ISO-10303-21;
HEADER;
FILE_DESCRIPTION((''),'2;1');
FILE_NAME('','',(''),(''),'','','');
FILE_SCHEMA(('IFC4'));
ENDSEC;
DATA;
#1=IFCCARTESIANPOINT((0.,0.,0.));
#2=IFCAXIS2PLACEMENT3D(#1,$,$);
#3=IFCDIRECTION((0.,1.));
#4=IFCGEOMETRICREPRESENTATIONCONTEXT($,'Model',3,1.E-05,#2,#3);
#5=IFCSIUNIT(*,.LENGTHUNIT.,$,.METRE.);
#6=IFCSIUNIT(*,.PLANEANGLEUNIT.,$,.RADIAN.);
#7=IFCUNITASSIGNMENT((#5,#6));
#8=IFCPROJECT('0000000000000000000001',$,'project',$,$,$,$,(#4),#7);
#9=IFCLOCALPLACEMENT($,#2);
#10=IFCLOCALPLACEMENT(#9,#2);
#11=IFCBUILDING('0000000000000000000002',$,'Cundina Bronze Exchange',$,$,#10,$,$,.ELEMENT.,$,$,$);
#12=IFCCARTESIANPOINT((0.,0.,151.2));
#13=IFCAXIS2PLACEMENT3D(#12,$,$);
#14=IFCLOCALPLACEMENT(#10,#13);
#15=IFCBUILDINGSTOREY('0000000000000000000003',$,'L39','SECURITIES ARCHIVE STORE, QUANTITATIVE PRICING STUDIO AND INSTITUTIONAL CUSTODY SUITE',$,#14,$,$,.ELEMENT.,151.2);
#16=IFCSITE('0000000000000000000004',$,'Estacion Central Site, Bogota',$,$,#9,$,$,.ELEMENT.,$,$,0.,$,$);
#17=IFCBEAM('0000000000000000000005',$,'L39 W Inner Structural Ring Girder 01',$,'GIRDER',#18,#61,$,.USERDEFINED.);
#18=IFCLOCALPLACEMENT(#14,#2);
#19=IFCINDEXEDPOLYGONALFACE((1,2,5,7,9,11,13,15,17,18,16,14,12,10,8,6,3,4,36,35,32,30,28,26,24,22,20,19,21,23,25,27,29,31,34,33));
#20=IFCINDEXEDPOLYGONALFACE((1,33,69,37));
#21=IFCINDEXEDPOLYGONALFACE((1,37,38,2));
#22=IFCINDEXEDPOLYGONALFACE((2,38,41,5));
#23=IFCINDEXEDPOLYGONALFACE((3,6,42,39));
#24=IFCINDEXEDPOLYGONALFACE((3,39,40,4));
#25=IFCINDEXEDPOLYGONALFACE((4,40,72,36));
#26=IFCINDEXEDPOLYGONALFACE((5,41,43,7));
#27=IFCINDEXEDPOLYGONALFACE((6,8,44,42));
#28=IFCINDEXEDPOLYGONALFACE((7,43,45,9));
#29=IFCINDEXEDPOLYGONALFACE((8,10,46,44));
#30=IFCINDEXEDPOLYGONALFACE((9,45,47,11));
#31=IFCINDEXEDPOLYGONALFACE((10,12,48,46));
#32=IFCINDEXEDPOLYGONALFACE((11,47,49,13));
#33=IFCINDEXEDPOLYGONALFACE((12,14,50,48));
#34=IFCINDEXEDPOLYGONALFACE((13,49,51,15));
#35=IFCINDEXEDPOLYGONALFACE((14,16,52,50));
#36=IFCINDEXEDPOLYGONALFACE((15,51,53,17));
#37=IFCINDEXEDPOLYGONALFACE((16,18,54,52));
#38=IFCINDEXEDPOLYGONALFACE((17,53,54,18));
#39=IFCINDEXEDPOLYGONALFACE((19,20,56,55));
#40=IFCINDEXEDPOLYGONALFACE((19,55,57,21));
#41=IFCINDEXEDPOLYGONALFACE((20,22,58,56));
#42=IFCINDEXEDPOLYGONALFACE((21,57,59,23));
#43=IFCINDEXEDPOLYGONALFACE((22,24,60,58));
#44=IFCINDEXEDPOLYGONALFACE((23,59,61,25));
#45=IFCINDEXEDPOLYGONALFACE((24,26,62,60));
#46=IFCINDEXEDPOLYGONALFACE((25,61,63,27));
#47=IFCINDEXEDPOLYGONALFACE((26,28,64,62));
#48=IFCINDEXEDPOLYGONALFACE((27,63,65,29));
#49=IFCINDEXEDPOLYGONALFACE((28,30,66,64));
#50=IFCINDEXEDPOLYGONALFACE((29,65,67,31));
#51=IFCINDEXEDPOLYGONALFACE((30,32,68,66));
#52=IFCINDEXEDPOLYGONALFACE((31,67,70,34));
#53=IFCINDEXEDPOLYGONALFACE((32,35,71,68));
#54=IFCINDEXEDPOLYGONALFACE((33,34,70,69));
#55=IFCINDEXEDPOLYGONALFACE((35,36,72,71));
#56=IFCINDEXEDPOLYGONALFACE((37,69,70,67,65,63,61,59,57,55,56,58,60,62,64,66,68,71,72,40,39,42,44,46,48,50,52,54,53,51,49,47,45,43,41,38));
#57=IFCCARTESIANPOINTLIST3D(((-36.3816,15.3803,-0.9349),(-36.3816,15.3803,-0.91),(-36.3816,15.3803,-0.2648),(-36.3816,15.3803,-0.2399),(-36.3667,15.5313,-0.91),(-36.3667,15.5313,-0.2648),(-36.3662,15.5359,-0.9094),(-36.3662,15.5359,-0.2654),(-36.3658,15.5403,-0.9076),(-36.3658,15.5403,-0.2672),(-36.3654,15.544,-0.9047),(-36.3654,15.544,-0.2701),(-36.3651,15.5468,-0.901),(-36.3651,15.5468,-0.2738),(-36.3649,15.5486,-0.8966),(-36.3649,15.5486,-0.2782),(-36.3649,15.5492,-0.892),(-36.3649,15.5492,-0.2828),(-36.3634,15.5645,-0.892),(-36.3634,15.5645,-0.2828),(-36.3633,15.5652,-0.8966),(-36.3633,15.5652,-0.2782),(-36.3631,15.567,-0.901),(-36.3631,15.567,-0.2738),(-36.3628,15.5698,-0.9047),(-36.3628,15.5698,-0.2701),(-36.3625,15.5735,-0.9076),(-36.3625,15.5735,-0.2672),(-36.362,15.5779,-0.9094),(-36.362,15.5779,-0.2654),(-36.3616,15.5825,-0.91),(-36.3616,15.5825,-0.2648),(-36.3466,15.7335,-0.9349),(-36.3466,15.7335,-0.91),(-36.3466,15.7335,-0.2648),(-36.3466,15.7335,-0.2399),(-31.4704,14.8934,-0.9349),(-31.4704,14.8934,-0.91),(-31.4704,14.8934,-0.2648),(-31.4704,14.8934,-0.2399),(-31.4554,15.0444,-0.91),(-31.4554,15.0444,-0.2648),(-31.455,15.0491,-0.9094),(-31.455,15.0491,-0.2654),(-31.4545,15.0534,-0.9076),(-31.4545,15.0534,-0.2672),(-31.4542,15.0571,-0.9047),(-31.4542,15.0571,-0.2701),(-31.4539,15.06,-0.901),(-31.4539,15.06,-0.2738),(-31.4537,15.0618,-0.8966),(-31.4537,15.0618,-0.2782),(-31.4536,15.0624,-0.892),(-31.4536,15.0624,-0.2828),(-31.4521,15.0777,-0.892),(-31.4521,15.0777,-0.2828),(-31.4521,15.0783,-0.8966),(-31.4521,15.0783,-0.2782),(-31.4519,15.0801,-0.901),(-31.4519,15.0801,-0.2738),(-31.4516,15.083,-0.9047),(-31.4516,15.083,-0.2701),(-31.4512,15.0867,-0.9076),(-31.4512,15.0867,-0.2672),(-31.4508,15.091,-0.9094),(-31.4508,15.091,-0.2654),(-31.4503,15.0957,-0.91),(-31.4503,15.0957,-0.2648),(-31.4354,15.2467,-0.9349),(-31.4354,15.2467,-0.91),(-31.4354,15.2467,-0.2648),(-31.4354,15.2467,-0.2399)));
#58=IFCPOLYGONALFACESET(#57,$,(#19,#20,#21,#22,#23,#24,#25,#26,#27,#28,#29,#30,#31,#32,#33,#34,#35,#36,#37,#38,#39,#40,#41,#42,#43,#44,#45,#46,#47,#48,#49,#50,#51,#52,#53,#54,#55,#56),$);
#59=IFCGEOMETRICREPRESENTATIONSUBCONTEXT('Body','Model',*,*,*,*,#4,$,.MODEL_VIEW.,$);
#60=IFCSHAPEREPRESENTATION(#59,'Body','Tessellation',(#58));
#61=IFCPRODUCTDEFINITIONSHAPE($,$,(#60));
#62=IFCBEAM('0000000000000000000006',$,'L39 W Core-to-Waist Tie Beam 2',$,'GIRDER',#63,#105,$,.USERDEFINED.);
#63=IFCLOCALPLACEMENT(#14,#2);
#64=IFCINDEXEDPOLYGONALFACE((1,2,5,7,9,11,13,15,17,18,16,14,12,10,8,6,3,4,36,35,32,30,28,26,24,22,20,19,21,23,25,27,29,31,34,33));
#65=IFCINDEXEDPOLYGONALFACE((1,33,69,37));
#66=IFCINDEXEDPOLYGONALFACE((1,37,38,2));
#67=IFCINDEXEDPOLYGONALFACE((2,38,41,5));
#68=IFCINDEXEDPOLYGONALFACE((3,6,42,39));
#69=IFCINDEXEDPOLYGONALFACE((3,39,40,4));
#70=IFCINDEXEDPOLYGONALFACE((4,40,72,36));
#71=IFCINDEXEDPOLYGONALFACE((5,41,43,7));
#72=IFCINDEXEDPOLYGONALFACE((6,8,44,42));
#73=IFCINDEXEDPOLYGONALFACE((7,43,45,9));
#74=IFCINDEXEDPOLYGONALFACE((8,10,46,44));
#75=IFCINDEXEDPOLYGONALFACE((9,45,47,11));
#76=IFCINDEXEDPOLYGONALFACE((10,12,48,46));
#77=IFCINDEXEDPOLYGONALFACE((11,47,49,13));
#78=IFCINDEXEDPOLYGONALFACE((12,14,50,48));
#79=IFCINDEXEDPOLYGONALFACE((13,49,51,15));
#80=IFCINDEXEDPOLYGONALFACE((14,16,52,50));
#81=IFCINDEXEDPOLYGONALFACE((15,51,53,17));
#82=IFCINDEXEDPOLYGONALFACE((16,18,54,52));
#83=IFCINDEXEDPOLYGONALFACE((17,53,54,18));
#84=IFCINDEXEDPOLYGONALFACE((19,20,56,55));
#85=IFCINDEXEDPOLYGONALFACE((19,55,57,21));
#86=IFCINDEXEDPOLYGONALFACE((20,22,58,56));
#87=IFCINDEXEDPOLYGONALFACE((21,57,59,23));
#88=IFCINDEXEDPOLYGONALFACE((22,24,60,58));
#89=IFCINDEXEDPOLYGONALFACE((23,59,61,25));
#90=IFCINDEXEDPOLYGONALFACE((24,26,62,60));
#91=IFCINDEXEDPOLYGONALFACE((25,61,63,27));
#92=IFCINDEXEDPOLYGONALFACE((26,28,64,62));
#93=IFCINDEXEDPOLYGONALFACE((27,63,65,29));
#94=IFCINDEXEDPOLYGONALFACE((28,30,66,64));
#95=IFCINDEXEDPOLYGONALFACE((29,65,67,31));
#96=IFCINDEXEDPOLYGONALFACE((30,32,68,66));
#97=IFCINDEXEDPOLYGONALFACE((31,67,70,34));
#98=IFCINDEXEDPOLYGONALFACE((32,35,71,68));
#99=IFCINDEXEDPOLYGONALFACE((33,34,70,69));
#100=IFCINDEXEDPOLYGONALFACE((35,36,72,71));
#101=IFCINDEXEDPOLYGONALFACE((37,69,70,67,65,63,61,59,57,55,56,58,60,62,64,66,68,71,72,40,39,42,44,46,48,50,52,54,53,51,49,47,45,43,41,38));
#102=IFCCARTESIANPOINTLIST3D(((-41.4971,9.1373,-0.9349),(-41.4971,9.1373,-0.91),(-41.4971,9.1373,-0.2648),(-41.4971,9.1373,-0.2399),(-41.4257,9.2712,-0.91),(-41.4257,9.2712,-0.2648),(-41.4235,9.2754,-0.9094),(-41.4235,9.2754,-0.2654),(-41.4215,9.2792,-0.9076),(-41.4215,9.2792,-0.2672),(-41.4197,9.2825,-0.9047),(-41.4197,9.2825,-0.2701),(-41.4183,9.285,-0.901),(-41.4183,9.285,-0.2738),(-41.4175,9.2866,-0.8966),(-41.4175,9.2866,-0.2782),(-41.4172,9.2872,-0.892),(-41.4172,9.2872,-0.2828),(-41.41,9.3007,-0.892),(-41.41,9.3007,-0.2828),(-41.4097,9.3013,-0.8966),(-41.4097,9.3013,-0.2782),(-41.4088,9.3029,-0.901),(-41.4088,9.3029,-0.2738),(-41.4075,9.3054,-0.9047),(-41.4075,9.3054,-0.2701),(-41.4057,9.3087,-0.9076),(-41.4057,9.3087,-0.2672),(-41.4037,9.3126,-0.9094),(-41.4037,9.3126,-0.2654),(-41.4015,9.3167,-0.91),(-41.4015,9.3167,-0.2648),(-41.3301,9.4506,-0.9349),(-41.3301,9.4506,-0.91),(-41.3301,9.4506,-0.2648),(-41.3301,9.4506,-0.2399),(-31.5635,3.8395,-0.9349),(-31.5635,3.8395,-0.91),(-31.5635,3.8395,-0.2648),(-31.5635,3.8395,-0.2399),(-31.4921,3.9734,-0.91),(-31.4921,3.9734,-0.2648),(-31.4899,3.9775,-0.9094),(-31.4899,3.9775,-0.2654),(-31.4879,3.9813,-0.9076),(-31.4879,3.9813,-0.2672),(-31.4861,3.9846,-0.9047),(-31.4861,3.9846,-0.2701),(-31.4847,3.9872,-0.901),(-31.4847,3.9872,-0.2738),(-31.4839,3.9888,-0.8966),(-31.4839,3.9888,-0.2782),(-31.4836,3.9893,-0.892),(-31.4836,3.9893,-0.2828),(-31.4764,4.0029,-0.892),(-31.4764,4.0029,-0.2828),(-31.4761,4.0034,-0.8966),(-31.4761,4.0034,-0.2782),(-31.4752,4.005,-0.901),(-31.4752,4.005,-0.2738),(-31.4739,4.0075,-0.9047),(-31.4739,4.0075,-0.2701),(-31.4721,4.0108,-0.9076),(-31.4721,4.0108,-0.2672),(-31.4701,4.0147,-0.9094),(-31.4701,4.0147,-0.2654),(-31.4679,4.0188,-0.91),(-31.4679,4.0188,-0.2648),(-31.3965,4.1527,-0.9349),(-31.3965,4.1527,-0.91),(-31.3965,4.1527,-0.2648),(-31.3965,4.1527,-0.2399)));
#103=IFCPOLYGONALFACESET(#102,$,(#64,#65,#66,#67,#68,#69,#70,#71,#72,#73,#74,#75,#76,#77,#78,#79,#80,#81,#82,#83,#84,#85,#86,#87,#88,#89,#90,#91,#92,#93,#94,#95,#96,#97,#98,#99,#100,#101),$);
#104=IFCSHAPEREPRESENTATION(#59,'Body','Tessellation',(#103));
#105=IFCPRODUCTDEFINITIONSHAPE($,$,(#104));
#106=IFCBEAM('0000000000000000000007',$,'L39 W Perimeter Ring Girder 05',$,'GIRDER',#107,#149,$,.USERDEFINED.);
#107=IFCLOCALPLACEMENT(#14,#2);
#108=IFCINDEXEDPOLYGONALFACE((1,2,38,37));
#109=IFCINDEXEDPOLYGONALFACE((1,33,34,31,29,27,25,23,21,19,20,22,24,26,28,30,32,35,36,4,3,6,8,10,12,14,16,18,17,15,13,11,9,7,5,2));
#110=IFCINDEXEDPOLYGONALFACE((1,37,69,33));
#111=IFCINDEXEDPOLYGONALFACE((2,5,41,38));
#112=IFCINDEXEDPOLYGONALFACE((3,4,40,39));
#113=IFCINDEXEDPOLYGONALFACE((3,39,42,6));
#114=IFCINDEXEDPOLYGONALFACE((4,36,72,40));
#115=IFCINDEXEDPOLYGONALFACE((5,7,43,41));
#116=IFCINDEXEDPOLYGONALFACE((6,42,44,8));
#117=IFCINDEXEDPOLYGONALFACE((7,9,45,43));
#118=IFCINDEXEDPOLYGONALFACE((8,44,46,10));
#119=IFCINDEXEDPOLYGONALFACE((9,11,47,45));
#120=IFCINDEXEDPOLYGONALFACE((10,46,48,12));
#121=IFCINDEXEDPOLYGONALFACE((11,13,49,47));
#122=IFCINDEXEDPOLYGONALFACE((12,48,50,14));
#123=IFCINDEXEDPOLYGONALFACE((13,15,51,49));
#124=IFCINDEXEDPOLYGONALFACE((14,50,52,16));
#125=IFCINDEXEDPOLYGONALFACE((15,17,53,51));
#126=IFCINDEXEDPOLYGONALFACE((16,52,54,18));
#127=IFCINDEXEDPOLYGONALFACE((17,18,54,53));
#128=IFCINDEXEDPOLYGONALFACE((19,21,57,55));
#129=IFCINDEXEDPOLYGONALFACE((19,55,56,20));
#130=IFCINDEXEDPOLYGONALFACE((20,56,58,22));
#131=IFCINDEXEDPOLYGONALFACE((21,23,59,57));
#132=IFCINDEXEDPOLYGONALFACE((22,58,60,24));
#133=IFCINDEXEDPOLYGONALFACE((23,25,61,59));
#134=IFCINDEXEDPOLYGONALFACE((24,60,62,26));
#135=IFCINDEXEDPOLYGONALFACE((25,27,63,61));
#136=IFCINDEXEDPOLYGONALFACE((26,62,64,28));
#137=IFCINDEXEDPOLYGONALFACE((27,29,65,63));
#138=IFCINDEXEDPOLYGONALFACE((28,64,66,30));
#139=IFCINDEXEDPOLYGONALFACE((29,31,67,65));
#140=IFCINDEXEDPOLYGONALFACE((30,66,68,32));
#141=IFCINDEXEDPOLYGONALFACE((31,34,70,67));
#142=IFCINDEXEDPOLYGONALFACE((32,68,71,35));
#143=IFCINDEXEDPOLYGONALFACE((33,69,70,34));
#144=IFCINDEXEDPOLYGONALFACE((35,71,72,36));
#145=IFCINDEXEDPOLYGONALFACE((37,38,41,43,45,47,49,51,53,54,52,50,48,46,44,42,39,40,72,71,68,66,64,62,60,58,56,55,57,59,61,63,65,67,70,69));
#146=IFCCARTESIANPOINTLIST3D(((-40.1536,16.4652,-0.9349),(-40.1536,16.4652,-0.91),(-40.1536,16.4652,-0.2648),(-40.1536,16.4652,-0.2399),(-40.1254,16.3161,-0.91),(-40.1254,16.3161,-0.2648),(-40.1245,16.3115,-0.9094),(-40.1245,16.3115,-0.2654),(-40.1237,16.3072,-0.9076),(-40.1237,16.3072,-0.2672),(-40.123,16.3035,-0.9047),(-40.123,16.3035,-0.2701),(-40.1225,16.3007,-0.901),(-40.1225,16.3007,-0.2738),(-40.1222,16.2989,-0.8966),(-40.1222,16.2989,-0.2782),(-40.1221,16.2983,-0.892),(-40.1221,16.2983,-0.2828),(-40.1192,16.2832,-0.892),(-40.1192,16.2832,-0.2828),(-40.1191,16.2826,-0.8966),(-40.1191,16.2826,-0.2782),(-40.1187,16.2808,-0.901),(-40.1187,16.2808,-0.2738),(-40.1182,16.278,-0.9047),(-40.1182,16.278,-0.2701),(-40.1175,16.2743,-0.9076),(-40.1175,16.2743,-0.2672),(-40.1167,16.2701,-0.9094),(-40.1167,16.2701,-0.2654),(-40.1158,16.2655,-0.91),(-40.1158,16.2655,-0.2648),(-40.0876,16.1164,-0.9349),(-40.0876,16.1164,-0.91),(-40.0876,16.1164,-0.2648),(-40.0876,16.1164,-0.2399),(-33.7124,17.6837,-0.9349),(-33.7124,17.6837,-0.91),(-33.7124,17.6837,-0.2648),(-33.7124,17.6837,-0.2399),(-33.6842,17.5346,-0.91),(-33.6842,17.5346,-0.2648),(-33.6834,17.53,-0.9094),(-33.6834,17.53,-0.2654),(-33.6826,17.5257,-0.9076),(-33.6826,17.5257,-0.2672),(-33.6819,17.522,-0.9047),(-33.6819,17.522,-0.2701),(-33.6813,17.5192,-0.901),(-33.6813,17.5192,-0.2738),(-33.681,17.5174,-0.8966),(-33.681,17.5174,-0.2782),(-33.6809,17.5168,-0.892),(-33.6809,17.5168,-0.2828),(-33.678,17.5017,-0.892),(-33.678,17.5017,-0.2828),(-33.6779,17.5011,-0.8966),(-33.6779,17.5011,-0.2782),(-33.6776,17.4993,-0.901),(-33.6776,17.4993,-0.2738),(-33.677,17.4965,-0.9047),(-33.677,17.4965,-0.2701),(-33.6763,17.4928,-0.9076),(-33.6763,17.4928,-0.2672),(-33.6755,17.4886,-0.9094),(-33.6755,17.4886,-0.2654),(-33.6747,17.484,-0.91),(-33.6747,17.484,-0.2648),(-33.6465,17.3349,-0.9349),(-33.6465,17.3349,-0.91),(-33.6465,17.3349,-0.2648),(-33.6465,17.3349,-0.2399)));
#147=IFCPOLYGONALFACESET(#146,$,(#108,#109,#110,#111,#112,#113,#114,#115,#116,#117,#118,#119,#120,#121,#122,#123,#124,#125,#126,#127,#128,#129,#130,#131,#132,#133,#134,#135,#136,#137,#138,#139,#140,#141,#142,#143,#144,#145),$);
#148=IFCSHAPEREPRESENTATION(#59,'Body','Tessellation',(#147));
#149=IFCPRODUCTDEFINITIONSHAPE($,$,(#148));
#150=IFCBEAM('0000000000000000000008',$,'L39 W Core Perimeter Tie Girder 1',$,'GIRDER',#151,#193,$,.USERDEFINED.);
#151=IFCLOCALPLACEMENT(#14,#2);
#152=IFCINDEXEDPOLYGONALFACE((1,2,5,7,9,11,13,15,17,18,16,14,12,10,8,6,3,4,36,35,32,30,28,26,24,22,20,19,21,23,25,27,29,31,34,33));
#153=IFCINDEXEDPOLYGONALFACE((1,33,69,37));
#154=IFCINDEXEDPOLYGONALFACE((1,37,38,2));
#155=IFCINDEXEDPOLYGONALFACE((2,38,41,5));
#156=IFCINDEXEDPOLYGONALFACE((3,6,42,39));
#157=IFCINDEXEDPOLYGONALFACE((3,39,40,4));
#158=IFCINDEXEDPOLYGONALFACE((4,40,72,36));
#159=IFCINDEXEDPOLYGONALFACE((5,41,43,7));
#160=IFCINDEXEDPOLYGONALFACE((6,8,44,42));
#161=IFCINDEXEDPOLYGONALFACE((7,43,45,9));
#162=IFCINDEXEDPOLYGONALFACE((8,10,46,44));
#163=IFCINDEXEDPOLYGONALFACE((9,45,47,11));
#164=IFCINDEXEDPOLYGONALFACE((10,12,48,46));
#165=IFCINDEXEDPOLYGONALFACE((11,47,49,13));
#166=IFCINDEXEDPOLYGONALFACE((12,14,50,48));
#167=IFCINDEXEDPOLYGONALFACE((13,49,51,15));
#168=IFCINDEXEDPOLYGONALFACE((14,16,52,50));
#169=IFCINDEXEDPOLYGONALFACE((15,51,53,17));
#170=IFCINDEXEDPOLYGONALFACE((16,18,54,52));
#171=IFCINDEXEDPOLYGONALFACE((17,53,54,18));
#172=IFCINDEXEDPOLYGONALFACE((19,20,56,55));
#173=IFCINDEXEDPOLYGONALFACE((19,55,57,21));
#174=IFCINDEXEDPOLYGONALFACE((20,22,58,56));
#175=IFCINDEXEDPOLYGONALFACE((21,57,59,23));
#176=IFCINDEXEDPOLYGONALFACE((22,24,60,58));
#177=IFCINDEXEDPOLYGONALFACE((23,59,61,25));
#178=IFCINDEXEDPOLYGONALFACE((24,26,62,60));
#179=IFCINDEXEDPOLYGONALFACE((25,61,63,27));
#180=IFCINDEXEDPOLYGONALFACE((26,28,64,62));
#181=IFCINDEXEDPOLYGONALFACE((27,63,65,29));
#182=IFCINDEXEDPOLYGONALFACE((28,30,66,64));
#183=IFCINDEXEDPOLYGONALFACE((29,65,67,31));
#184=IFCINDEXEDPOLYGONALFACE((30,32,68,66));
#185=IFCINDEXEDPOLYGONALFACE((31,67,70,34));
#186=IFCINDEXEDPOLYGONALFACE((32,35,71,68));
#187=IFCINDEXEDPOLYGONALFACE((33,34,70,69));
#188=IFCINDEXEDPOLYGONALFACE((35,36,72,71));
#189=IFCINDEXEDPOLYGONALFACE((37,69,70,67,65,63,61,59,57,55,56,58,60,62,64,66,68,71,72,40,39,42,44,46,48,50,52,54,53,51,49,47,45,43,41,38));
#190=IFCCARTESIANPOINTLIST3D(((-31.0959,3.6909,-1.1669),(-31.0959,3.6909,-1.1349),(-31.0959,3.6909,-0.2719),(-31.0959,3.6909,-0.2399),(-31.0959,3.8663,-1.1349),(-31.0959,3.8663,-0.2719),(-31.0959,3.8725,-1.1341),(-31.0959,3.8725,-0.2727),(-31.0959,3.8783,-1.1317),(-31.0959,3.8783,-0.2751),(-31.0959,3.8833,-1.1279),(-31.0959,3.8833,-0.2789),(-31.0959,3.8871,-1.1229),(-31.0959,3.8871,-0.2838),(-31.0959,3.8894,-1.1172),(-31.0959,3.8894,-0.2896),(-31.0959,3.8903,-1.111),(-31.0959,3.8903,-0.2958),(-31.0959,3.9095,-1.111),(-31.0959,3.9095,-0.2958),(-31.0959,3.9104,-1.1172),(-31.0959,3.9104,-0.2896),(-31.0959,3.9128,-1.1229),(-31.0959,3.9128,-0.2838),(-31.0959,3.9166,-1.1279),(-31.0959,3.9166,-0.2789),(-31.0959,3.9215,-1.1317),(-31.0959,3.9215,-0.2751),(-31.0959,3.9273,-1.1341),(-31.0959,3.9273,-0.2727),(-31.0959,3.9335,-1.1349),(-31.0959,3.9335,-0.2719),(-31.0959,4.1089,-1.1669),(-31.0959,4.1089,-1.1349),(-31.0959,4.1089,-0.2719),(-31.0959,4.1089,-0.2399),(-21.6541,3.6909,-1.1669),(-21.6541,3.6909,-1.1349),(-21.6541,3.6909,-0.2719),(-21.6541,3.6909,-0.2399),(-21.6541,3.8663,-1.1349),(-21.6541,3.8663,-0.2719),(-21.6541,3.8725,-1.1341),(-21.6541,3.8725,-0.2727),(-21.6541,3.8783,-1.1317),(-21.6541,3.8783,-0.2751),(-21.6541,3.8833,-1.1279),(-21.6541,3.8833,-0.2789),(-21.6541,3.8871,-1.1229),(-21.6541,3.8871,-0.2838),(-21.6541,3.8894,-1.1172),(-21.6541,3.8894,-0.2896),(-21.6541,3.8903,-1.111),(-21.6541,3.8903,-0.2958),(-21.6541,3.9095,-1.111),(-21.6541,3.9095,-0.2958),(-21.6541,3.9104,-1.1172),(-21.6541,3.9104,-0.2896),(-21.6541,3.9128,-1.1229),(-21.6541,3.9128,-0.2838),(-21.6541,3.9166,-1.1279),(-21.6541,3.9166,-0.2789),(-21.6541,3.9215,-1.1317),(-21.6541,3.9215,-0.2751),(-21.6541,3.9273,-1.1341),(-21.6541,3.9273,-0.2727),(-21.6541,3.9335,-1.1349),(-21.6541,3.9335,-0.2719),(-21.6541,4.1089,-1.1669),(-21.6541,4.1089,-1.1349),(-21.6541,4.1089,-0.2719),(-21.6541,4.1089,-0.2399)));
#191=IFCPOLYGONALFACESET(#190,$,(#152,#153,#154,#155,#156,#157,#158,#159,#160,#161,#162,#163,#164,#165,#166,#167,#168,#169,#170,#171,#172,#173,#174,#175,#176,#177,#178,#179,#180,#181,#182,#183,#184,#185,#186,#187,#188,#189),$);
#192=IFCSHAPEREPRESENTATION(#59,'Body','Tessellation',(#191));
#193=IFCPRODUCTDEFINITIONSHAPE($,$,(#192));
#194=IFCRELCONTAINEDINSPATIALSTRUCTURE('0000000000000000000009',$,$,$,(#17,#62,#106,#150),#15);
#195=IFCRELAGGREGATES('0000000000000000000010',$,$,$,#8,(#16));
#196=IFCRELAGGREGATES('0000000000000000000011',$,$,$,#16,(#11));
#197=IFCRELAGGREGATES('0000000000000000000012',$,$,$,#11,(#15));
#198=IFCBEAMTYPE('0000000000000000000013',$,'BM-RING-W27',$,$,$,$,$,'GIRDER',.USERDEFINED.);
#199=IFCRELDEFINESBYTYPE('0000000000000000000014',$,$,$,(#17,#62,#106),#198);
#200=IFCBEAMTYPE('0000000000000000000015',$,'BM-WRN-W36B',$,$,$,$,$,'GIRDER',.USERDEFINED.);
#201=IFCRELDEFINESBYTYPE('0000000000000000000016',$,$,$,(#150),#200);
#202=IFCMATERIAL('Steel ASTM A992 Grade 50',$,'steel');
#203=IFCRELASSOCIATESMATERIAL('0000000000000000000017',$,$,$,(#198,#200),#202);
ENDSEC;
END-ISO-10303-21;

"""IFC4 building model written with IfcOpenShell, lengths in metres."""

from ifc_helpers import new_model, si_unit, direction, frame, origin, origin_2d, place, context, subcontext, project, spatial, i_section, extrude, material, material_profile, profile_set, type_object, element, save


model = new_model("IFC4")

# Units and contexts
model_context = context("Model", 3, precision=1e-05, world=origin(), true_north=direction((0.0, 1.0)))
body_context = subcontext(model_context, "Body", "Model", "MODEL_VIEW")
ifc_project = project(units=[si_unit("LENGTHUNIT", "METRE"), si_unit("PLANEANGLEUNIT", "RADIAN")], contexts=[model_context])

# Site, building, storey
site_placement = place(None, origin())
site = spatial("IfcSite", under=ifc_project, at=site_placement, Name="Estacion Central Site, Bogota", CompositionType="ELEMENT", RefElevation=0.0)
building_placement = place(site_placement, origin())
building = spatial("IfcBuilding", under=site, at=building_placement, Name="Cundina Bronze Exchange", CompositionType="ELEMENT")
storey_placement = place(building_placement, frame((0.0, 0.0, 151.2)))
storey = spatial("IfcBuildingStorey", under=building, at=storey_placement, Name="L39", Description="SECURITIES ARCHIVE STORE, QUANTITATIVE PRICING STUDIO AND INSTITUTIONAL CUSTODY SUITE", CompositionType="ELEMENT", Elevation=151.2)

# Shared definitions
ifc_material_1 = material(Name="Steel ASTM A992 Grade 50", Category="steel")

# Beams
ifc_material_profile_1 = material_profile(ifc_material_1, i_section(OverallWidth=0.355, OverallDepth=0.6951, WebThickness=0.0154, FlangeThickness=0.0249, FilletRadius=0.0181, at=origin_2d()), Name="W27X146", Category="steel")
ifc_profile_set_1 = profile_set([ifc_material_profile_1], Name="Steel ASTM A992 Grade 50")
beam_type_1 = type_object("IfcBeamType", Name="BM-RING-W27", ElementType="GIRDER", PredefinedType="USERDEFINED", material=ifc_profile_set_1)
beam_1_placement = place(storey_placement, frame((-31.4529, 15.0701, -0.5874), z_axis=(-0.995123, 0.098642, 0.0), x_axis=(-0.098642, -0.995123, 0.0)))
element("IfcBeam", 1, at=beam_1_placement, inside=storey, type_object=beam_type_1, Name="L39 W Inner Structural Ring Girder 01", ObjectType="GIRDER", PredefinedType="USERDEFINED", context=body_context, shape_type="SweptSolid", body=[
    extrude(i_section(OverallWidth=0.355, OverallDepth=0.6951, WebThickness=0.0154, FlangeThickness=0.0249, FilletRadius=0.0181, at=origin_2d()), origin(), (0.0, 0.0, 1.0), 4.9353),
])
beam_2_placement = place(storey_placement, frame((-31.48, 3.9961, -0.5874), z_axis=(-0.882355, 0.470584, 0.0), x_axis=(-0.470584, -0.882355, 0.0)))
element("IfcBeam", 2, at=beam_2_placement, inside=storey, type_object=beam_type_1, Name="L39 W Core-to-Waist Tie Beam 2", ObjectType="GIRDER", PredefinedType="USERDEFINED", context=body_context, shape_type="SweptSolid", body=[
    extrude(i_section(OverallWidth=0.355, OverallDepth=0.6951, WebThickness=0.0154, FlangeThickness=0.0249, FilletRadius=0.0181, at=origin_2d()), origin(), (0.0, 0.0, 1.0), 11.2581),
])
beam_3_placement = place(storey_placement, frame((-33.6794, 17.5093, -0.5874), z_axis=(-0.982573, -0.185878, 0.0), x_axis=(0.185878, -0.982573, 0.0)))
element("IfcBeam", 3, at=beam_3_placement, inside=storey, type_object=beam_type_1, Name="L39 W Perimeter Ring Girder 05", ObjectType="GIRDER", PredefinedType="USERDEFINED", context=body_context, shape_type="SweptSolid", body=[
    extrude(i_section(OverallWidth=0.355, OverallDepth=0.6951, WebThickness=0.0154, FlangeThickness=0.0249, FilletRadius=0.0181, at=origin_2d()), origin(), (0.0, 0.0, 1.0), 6.5554),
])
ifc_material_profile_2 = material_profile(ifc_material_1, i_section(OverallWidth=0.418, OverallDepth=0.927, WebThickness=0.0193, FlangeThickness=0.032, FilletRadius=0.0239, at=origin_2d()), Name="W36X231", Category="steel")
ifc_profile_set_2 = profile_set([ifc_material_profile_2], Name="Steel ASTM A992 Grade 50")
beam_type_2 = type_object("IfcBeamType", Name="BM-WRN-W36B", ElementType="GIRDER", PredefinedType="USERDEFINED", material=ifc_profile_set_2)
beam_4_placement = place(storey_placement, frame((-31.0959, 3.8999, -0.7034), z_axis=(1.0, 0.0, 0.0), x_axis=(0.0, 1.0, 0.0)))
element("IfcBeam", 4, at=beam_4_placement, inside=storey, type_object=beam_type_2, Name="L39 W Core Perimeter Tie Girder 1", ObjectType="GIRDER", PredefinedType="USERDEFINED", context=body_context, shape_type="SweptSolid", body=[
    extrude(i_section(OverallWidth=0.418, OverallDepth=0.927, WebThickness=0.0193, FlangeThickness=0.032, FilletRadius=0.0239, at=origin_2d()), origin(), (0.0, 0.0, 1.0), 9.4419),
])

save(model, "model.ifc")
